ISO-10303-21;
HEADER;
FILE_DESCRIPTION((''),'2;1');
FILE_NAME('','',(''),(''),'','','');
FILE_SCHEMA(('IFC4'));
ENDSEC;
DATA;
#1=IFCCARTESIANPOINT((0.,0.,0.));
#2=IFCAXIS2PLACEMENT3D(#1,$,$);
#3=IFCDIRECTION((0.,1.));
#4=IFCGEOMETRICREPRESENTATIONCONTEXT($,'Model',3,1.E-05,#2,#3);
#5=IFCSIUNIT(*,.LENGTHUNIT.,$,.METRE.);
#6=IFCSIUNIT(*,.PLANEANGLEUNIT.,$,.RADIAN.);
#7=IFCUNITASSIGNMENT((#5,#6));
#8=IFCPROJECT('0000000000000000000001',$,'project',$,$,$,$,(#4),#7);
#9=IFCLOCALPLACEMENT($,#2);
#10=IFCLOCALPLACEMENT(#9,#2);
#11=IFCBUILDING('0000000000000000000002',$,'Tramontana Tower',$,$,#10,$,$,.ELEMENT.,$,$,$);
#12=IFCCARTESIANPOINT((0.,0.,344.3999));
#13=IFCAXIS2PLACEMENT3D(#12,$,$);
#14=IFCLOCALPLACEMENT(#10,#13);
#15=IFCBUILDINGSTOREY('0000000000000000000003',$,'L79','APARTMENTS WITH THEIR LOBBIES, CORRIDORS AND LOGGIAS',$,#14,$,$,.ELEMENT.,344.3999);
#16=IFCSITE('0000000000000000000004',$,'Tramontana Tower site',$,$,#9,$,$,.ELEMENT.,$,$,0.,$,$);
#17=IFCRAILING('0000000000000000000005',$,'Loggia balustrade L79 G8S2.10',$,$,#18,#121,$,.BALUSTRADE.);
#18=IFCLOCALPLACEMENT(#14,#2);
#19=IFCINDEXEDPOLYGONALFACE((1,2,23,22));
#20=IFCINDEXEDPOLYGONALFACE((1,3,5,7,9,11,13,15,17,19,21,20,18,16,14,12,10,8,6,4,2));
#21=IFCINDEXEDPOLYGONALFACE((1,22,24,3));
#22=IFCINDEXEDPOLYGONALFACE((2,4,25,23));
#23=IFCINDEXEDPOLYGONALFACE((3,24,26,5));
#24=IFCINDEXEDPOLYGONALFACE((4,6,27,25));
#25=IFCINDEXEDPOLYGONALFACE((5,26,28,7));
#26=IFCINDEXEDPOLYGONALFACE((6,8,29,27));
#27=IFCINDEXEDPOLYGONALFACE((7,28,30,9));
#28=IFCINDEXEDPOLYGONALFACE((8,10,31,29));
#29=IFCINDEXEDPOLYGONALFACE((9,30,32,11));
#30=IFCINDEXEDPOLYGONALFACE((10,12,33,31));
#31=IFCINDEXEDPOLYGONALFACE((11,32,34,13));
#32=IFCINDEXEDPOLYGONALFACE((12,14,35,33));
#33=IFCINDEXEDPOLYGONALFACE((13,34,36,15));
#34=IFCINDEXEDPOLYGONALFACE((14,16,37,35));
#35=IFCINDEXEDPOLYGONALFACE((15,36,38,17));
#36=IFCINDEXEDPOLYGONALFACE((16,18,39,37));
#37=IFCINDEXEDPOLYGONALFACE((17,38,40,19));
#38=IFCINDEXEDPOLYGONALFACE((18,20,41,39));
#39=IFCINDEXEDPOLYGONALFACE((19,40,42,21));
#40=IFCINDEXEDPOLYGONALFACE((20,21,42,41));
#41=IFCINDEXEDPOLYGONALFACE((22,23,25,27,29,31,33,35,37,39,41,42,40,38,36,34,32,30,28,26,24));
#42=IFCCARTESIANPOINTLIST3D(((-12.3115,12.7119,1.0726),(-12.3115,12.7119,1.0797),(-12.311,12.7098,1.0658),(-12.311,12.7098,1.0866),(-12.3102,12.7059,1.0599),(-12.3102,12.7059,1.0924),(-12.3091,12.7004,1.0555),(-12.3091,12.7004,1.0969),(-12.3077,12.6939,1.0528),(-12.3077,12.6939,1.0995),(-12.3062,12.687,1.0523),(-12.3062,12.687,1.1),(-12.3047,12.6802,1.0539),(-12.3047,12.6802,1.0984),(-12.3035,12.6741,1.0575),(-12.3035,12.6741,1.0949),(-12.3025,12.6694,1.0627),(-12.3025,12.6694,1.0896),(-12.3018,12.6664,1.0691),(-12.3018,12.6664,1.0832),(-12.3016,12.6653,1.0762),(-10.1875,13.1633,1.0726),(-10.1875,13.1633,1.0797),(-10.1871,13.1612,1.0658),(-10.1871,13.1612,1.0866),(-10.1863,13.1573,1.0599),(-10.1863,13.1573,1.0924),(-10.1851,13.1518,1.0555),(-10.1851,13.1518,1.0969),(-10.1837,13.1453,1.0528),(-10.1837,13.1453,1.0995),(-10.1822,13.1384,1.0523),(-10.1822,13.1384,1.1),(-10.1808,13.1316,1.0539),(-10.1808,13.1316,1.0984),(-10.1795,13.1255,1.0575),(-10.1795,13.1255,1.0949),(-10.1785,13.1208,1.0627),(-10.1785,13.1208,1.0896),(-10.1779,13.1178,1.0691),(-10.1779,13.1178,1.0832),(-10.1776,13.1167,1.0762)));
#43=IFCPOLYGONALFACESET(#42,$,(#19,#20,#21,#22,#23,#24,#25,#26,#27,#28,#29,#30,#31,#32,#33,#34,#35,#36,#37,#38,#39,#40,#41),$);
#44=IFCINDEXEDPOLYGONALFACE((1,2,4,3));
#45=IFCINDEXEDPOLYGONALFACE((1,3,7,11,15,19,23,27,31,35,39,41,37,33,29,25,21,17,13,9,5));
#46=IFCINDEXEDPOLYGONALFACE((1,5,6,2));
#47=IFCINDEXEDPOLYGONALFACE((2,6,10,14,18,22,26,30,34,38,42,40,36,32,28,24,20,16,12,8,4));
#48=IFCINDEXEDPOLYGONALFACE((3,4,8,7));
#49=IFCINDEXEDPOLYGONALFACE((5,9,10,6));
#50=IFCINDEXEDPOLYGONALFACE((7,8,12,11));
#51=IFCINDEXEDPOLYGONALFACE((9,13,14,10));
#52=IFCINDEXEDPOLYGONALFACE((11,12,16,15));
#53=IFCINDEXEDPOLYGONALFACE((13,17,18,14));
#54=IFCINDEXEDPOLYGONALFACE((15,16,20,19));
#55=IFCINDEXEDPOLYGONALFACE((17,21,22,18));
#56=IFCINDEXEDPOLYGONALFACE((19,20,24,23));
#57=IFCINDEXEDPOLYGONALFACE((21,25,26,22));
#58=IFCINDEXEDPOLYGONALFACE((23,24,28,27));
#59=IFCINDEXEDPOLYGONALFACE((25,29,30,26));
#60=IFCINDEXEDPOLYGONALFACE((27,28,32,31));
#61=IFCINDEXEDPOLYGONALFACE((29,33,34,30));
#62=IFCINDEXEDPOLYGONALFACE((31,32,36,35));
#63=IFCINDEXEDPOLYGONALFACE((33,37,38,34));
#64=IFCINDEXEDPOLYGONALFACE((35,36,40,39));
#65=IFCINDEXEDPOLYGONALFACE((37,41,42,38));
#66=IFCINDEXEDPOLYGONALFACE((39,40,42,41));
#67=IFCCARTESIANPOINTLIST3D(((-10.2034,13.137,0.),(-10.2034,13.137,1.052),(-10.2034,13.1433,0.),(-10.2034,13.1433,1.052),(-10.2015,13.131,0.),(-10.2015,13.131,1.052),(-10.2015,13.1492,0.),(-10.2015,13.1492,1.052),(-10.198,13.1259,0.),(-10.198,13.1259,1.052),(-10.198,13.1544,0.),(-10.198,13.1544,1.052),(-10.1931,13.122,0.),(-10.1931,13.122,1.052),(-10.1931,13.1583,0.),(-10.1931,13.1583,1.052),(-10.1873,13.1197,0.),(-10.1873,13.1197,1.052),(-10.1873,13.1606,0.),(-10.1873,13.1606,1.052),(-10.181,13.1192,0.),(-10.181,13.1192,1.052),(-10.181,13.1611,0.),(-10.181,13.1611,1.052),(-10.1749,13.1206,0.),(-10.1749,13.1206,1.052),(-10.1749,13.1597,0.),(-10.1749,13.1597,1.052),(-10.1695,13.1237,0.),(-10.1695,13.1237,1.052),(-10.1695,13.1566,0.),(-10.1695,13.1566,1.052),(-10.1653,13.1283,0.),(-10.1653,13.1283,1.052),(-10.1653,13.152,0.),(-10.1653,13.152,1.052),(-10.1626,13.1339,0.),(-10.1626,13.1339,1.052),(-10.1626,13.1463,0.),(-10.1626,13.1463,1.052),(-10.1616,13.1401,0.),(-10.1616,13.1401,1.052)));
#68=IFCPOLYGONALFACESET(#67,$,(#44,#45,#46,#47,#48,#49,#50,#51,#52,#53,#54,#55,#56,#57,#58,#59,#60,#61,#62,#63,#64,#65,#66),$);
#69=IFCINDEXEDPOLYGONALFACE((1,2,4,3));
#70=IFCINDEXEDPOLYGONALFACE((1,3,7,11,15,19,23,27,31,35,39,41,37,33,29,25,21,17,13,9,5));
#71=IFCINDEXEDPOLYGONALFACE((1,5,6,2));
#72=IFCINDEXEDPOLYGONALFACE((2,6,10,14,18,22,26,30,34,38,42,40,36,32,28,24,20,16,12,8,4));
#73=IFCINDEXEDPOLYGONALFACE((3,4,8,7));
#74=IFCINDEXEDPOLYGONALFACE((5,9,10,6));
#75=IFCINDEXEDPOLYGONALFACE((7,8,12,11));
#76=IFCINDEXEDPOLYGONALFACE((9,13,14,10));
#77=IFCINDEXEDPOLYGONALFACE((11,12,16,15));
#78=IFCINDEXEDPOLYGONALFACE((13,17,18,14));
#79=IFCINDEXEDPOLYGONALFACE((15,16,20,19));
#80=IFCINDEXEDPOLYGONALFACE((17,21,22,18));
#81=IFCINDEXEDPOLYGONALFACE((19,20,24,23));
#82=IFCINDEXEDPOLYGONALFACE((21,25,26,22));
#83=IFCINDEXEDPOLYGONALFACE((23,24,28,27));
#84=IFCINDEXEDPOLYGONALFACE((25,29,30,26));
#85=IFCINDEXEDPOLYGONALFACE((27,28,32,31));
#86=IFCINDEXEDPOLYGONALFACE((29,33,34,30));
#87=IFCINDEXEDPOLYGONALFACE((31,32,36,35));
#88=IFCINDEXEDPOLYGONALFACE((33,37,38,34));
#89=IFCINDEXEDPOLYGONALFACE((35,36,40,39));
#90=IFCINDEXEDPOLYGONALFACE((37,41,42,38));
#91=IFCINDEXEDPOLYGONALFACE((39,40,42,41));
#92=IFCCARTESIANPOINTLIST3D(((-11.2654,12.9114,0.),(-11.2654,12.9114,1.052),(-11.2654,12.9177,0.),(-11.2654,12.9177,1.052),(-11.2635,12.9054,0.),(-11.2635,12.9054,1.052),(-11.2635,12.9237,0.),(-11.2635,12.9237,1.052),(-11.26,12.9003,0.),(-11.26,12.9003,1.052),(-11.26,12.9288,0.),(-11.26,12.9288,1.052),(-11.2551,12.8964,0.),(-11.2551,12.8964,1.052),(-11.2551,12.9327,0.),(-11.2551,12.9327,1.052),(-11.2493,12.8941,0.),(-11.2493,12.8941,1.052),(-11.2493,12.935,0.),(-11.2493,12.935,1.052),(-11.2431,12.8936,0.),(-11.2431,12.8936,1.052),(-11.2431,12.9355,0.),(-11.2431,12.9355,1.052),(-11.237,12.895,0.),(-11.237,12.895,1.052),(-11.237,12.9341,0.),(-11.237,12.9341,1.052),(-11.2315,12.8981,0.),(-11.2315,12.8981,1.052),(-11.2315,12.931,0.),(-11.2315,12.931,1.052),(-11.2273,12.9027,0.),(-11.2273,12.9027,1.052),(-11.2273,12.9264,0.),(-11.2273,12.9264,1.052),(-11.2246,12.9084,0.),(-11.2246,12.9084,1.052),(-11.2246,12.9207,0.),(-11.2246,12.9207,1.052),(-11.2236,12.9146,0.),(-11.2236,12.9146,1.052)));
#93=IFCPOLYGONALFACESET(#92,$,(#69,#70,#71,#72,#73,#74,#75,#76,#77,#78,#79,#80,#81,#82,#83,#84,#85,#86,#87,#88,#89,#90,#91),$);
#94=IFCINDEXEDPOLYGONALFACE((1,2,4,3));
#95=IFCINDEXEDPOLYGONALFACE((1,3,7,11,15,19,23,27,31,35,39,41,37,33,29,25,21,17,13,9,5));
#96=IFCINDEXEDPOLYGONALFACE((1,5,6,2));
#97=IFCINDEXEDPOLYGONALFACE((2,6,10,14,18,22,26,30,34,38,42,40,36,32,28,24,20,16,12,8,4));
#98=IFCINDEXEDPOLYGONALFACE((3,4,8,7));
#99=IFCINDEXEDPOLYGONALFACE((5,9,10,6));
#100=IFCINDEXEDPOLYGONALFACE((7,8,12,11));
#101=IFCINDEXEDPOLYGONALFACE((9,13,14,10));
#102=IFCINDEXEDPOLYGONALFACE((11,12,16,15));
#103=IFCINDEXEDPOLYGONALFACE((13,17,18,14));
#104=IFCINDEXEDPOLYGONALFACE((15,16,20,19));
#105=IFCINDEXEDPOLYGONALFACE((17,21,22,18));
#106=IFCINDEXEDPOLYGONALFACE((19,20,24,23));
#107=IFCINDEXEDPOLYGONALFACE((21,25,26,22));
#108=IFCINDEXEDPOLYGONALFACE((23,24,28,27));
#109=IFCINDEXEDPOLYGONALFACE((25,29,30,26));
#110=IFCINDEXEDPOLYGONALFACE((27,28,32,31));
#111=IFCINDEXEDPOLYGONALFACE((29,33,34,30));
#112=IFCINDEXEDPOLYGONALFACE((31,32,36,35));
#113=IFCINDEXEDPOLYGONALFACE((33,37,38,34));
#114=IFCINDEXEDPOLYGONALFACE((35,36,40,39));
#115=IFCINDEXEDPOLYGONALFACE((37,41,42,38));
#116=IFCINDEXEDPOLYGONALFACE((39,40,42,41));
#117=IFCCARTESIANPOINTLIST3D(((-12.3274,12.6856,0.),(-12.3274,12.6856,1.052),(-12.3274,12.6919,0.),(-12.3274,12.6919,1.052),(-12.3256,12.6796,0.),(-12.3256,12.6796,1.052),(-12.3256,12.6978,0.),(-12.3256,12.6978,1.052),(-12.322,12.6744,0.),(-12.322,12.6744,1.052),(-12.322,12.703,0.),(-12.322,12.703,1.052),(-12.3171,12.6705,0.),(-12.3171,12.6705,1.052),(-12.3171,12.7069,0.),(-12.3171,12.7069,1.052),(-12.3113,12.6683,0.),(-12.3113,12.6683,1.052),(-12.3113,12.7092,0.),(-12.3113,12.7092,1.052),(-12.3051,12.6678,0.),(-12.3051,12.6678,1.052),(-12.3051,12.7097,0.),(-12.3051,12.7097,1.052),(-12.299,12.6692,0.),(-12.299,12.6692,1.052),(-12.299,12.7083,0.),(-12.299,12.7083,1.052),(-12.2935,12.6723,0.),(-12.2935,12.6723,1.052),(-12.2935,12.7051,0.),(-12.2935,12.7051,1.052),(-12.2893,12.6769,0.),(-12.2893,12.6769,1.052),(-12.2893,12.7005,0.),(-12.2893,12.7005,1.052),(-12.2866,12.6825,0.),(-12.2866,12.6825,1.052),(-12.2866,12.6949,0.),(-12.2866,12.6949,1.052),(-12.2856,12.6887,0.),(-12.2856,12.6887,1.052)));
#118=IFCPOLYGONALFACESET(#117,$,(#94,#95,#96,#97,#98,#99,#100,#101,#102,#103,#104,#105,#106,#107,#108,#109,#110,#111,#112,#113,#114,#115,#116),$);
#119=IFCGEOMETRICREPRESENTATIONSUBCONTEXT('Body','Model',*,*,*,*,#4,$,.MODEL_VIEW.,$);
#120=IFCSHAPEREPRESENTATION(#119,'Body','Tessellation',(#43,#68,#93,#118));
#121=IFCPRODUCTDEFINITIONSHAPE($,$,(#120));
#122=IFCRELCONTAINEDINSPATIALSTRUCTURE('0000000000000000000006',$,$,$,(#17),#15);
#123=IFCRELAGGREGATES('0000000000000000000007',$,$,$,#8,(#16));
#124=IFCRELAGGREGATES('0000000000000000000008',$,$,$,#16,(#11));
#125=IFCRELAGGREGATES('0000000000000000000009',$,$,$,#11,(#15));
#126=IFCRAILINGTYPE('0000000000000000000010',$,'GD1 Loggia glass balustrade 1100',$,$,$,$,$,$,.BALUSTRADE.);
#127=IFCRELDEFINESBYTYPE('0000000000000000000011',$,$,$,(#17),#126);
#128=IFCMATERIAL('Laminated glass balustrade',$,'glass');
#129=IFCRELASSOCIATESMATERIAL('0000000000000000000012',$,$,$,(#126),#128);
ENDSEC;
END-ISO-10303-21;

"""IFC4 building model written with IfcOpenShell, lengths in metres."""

from ifc_helpers import new_model, si_unit, direction, frame, origin, origin_2d, place, context, subcontext, project, spatial, circle, extrude, material, type_object, element, save


model = new_model("IFC4")

# Units and contexts
model_context = context("Model", 3, precision=1e-05, world=origin(), true_north=direction((0.0, 1.0)))
body_context = subcontext(model_context, "Body", "Model", "MODEL_VIEW")
ifc_project = project(units=[si_unit("LENGTHUNIT", "METRE"), si_unit("PLANEANGLEUNIT", "RADIAN")], contexts=[model_context])

# Site, building, storey
site_placement = place(None, origin())
site = spatial("IfcSite", under=ifc_project, at=site_placement, Name="Tramontana Tower site", CompositionType="ELEMENT", RefElevation=0.0)
building_placement = place(site_placement, origin())
building = spatial("IfcBuilding", under=site, at=building_placement, Name="Tramontana Tower", CompositionType="ELEMENT")
storey_placement = place(building_placement, frame((0.0, 0.0, 344.3999)))
storey = spatial("IfcBuildingStorey", under=building, at=storey_placement, Name="L79", Description="APARTMENTS WITH THEIR LOBBIES, CORRIDORS AND LOGGIAS", CompositionType="ELEMENT", Elevation=344.3999)

# Railing
ifc_material_1 = material(Name="Laminated glass balustrade", Category="glass")
railing_type = type_object("IfcRailingType", Name="GD1 Loggia glass balustrade 1100", PredefinedType="BALUSTRADE", material=ifc_material_1)
railing_1_placement = place(storey_placement, frame((-10.1826, 13.1401, 0.0)))
element("IfcRailing", 1, at=railing_1_placement, inside=storey, type_object=railing_type, Name="Loggia balustrade L79 G8S2.10", PredefinedType="BALUSTRADE", context=body_context, shape_type="SweptSolid", body=[
    extrude(circle(Radius=0.0239, at=origin_2d()), frame((0.0, 0.0, 1.0762), z_axis=(-0.978153, -0.207886, 0.0), x_axis=(0.207886, -0.978153, 0.0)), (0.0, 0.0, 1.0), 2.1714),
    extrude(circle(Radius=0.021, at=origin_2d()), origin(), (0.0, 0.0, 1.0), 1.052),
    extrude(circle(Radius=0.021, at=origin_2d()), frame((-1.062, -0.2256, 0.0)), (0.0, 0.0, 1.0), 1.052),
    extrude(circle(Radius=0.021, at=origin_2d()), frame((-2.124, -0.4514, 0.0)), (0.0, 0.0, 1.0), 1.052),
])

save(model, "model.ifc")
